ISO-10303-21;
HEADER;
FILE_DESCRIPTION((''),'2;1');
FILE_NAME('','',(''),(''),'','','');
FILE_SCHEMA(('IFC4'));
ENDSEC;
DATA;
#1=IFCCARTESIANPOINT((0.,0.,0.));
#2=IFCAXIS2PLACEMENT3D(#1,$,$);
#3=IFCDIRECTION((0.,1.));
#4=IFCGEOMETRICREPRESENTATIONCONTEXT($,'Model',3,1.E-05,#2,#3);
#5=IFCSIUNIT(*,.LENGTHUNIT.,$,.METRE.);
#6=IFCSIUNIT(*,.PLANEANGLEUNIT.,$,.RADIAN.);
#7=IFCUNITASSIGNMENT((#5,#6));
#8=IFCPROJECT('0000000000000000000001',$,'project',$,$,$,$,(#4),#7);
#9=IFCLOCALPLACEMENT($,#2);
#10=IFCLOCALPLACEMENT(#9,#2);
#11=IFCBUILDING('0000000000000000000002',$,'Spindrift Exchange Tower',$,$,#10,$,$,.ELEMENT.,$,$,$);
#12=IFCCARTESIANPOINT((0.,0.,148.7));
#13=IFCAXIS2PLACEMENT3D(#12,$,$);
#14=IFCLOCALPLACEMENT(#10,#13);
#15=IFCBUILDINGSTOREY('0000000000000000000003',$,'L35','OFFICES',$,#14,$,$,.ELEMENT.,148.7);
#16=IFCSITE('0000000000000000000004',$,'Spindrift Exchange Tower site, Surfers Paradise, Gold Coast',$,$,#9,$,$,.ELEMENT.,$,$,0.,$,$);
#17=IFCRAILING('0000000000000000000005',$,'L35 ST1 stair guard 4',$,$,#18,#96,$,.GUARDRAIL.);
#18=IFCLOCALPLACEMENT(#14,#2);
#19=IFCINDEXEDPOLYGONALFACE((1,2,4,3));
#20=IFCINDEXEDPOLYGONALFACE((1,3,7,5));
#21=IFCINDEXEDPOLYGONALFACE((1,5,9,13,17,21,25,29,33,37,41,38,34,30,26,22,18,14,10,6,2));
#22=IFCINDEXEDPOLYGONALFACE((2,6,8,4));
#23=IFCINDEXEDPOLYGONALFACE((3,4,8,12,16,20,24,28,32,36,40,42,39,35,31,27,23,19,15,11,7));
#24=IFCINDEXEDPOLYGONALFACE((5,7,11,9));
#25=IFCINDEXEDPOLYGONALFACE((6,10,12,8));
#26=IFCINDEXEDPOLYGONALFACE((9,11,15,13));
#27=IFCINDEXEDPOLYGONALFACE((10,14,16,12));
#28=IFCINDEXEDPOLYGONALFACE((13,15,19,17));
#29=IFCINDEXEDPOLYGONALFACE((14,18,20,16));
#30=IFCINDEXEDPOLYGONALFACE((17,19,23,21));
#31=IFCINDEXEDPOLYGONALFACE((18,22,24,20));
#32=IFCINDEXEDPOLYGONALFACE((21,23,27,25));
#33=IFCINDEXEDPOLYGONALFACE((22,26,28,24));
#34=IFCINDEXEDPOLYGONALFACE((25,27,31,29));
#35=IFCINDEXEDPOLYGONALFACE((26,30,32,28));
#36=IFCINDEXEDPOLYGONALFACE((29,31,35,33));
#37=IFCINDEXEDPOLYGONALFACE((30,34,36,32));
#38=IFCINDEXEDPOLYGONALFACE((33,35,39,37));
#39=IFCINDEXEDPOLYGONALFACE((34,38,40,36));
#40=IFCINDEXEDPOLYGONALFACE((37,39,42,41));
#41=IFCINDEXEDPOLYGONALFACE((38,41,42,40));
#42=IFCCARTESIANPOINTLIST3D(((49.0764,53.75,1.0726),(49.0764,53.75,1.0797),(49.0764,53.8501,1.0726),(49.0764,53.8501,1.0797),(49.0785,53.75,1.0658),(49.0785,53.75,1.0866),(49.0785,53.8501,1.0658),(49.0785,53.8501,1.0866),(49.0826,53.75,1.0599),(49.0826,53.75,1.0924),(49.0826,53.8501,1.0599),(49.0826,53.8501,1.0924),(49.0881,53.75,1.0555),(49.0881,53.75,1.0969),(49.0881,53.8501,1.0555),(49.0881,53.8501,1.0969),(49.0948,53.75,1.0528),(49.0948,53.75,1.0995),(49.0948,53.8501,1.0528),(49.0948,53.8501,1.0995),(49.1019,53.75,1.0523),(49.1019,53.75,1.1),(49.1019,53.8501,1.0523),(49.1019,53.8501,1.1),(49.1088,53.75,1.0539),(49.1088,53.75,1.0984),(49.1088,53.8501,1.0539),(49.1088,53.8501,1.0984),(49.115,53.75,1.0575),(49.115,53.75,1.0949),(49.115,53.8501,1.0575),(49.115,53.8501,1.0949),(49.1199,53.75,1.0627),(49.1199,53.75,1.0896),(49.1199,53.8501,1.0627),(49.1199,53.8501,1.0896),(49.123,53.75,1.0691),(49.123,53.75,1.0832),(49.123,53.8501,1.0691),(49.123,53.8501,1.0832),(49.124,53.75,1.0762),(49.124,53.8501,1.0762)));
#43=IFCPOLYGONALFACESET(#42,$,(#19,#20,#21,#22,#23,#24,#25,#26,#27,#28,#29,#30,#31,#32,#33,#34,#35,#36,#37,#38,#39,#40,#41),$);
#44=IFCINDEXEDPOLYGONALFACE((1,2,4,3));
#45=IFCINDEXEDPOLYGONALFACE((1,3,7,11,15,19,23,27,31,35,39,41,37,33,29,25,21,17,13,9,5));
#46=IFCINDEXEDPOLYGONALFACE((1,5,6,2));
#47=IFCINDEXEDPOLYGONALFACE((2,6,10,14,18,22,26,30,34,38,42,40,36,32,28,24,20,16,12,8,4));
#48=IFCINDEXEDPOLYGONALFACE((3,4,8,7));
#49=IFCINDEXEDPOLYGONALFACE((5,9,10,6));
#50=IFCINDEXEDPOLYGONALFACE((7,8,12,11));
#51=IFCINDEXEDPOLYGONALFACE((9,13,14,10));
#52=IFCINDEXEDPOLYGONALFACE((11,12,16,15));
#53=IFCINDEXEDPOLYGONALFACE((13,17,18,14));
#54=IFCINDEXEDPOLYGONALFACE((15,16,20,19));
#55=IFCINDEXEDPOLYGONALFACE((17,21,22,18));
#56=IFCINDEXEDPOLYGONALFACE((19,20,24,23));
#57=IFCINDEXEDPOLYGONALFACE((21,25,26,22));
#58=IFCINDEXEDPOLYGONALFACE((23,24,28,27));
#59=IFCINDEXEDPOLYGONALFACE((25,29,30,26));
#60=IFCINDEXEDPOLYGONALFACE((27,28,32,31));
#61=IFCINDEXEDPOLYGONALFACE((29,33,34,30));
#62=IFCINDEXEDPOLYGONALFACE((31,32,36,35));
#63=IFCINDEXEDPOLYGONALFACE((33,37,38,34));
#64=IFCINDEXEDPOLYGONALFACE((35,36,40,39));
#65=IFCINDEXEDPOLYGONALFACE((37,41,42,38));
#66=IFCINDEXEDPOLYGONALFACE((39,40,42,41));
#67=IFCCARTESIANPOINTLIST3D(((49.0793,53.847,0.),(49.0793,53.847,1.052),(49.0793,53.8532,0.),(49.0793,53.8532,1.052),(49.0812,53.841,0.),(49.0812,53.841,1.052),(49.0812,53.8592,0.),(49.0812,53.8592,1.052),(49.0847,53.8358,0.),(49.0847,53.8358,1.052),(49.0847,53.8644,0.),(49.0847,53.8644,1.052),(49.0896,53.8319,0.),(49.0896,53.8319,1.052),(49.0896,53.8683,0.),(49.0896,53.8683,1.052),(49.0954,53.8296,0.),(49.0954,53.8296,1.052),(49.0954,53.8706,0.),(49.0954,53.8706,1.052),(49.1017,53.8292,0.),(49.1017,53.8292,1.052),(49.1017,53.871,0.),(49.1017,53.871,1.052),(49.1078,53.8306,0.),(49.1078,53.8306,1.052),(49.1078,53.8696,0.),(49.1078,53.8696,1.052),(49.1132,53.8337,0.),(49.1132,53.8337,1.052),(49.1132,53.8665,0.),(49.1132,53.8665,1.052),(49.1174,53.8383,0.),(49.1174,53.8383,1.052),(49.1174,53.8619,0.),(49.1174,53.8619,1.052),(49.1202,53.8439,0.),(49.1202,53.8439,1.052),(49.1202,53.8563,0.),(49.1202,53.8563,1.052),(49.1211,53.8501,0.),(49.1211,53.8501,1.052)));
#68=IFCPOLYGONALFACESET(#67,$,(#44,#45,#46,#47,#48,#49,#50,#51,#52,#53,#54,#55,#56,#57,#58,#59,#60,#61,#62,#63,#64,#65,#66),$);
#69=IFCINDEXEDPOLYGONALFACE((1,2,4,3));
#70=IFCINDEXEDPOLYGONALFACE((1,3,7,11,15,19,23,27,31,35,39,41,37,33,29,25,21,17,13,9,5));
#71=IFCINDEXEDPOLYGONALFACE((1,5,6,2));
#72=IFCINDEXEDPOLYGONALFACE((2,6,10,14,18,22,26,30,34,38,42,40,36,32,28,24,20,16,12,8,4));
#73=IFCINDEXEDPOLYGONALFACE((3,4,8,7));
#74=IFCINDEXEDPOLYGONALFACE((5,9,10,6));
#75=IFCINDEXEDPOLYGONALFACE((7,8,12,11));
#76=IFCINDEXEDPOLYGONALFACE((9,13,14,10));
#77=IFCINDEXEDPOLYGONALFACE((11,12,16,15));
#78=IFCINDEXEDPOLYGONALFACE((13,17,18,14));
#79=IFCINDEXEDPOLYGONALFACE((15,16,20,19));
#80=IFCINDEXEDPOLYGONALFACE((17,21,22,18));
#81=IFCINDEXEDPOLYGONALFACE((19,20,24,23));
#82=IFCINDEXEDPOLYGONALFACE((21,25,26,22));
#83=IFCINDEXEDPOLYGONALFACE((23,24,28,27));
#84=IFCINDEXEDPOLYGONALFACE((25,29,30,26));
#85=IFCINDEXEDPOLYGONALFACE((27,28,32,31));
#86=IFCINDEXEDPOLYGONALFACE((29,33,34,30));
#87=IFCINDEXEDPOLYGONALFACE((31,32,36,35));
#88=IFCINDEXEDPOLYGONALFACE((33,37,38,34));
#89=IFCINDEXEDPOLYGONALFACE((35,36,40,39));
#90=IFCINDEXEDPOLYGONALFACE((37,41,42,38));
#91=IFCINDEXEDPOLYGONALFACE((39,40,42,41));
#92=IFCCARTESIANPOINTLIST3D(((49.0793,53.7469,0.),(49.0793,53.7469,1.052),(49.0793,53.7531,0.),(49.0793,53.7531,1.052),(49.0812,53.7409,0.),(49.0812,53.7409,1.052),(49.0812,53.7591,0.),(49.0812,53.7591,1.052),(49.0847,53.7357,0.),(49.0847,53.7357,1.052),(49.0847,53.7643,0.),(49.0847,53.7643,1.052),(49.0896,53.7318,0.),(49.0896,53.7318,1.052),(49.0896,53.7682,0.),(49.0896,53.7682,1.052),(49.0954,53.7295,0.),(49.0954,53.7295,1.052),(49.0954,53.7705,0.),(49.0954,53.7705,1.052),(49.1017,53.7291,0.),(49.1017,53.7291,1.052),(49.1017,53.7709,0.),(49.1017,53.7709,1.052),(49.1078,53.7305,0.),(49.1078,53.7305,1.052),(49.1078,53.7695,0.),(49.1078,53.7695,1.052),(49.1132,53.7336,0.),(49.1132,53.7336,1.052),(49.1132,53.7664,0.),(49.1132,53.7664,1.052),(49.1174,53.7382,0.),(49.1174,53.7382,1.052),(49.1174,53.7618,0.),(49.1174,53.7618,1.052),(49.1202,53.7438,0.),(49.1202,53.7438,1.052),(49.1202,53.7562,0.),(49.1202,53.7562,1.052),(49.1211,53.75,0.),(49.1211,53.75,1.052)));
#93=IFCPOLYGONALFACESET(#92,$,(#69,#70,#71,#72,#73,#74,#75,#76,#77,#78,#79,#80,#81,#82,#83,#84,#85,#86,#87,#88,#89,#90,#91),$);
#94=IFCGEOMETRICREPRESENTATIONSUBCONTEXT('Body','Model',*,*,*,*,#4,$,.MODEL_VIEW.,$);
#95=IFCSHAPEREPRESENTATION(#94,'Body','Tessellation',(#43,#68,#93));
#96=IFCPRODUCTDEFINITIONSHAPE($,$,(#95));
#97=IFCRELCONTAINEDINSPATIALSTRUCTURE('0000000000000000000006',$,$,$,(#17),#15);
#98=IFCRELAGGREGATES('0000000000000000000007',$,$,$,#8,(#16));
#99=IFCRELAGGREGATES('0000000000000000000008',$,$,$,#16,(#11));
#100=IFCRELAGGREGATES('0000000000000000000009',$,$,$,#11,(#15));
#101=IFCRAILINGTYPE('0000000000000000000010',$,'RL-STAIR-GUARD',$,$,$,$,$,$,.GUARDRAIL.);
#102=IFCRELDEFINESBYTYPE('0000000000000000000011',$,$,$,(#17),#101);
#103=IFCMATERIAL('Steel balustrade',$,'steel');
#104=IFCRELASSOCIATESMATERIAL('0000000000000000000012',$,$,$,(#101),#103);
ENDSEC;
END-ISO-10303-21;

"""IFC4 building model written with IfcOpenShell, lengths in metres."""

from ifc_helpers import new_model, si_unit, direction, frame, origin, origin_2d, place, context, subcontext, project, spatial, circle, extrude, material, type_object, element, save


model = new_model("IFC4")

# Units and contexts
model_context = context("Model", 3, precision=1e-05, world=origin(), true_north=direction((0.0, 1.0)))
body_context = subcontext(model_context, "Body", "Model", "MODEL_VIEW")
ifc_project = project(units=[si_unit("LENGTHUNIT", "METRE"), si_unit("PLANEANGLEUNIT", "RADIAN")], contexts=[model_context])

# Site, building, storey
site_placement = place(None, origin())
site = spatial("IfcSite", under=ifc_project, at=site_placement, Name="Spindrift Exchange Tower site, Surfers Paradise, Gold Coast", CompositionType="ELEMENT", RefElevation=0.0)
building_placement = place(site_placement, origin())
building = spatial("IfcBuilding", under=site, at=building_placement, Name="Spindrift Exchange Tower", CompositionType="ELEMENT")
storey_placement = place(building_placement, frame((0.0, 0.0, 148.7)))
storey = spatial("IfcBuildingStorey", under=building, at=storey_placement, Name="L35", Description="OFFICES", CompositionType="ELEMENT", Elevation=148.7)

# Railing
ifc_material_1 = material(Name="Steel balustrade", Category="steel")
railing_type_1 = type_object("IfcRailingType", Name="RL-STAIR-GUARD", PredefinedType="GUARDRAIL", material=ifc_material_1)
railing_1_placement = place(storey_placement, frame((49.1001, 53.8501, 0.0)))
element("IfcRailing", 1, at=railing_1_placement, inside=storey, type_object=railing_type_1, Name="L35 ST1 stair guard 4", PredefinedType="GUARDRAIL", context=body_context, shape_type="SweptSolid", body=[
    extrude(circle(Radius=0.0239, at=origin_2d()), frame((0.0, 0.0, 1.0762), z_axis=(0.0, -1.0, 0.0), x_axis=(1.0, 0.0, 0.0)), (0.0, 0.0, 1.0), 0.1001),
    extrude(circle(Radius=0.021, at=origin_2d()), origin(), (0.0, 0.0, 1.0), 1.052),
    extrude(circle(Radius=0.021, at=origin_2d()), frame((0.0, -0.1001, 0.0)), (0.0, 0.0, 1.0), 1.052),
])

save(model, "model.ifc")
